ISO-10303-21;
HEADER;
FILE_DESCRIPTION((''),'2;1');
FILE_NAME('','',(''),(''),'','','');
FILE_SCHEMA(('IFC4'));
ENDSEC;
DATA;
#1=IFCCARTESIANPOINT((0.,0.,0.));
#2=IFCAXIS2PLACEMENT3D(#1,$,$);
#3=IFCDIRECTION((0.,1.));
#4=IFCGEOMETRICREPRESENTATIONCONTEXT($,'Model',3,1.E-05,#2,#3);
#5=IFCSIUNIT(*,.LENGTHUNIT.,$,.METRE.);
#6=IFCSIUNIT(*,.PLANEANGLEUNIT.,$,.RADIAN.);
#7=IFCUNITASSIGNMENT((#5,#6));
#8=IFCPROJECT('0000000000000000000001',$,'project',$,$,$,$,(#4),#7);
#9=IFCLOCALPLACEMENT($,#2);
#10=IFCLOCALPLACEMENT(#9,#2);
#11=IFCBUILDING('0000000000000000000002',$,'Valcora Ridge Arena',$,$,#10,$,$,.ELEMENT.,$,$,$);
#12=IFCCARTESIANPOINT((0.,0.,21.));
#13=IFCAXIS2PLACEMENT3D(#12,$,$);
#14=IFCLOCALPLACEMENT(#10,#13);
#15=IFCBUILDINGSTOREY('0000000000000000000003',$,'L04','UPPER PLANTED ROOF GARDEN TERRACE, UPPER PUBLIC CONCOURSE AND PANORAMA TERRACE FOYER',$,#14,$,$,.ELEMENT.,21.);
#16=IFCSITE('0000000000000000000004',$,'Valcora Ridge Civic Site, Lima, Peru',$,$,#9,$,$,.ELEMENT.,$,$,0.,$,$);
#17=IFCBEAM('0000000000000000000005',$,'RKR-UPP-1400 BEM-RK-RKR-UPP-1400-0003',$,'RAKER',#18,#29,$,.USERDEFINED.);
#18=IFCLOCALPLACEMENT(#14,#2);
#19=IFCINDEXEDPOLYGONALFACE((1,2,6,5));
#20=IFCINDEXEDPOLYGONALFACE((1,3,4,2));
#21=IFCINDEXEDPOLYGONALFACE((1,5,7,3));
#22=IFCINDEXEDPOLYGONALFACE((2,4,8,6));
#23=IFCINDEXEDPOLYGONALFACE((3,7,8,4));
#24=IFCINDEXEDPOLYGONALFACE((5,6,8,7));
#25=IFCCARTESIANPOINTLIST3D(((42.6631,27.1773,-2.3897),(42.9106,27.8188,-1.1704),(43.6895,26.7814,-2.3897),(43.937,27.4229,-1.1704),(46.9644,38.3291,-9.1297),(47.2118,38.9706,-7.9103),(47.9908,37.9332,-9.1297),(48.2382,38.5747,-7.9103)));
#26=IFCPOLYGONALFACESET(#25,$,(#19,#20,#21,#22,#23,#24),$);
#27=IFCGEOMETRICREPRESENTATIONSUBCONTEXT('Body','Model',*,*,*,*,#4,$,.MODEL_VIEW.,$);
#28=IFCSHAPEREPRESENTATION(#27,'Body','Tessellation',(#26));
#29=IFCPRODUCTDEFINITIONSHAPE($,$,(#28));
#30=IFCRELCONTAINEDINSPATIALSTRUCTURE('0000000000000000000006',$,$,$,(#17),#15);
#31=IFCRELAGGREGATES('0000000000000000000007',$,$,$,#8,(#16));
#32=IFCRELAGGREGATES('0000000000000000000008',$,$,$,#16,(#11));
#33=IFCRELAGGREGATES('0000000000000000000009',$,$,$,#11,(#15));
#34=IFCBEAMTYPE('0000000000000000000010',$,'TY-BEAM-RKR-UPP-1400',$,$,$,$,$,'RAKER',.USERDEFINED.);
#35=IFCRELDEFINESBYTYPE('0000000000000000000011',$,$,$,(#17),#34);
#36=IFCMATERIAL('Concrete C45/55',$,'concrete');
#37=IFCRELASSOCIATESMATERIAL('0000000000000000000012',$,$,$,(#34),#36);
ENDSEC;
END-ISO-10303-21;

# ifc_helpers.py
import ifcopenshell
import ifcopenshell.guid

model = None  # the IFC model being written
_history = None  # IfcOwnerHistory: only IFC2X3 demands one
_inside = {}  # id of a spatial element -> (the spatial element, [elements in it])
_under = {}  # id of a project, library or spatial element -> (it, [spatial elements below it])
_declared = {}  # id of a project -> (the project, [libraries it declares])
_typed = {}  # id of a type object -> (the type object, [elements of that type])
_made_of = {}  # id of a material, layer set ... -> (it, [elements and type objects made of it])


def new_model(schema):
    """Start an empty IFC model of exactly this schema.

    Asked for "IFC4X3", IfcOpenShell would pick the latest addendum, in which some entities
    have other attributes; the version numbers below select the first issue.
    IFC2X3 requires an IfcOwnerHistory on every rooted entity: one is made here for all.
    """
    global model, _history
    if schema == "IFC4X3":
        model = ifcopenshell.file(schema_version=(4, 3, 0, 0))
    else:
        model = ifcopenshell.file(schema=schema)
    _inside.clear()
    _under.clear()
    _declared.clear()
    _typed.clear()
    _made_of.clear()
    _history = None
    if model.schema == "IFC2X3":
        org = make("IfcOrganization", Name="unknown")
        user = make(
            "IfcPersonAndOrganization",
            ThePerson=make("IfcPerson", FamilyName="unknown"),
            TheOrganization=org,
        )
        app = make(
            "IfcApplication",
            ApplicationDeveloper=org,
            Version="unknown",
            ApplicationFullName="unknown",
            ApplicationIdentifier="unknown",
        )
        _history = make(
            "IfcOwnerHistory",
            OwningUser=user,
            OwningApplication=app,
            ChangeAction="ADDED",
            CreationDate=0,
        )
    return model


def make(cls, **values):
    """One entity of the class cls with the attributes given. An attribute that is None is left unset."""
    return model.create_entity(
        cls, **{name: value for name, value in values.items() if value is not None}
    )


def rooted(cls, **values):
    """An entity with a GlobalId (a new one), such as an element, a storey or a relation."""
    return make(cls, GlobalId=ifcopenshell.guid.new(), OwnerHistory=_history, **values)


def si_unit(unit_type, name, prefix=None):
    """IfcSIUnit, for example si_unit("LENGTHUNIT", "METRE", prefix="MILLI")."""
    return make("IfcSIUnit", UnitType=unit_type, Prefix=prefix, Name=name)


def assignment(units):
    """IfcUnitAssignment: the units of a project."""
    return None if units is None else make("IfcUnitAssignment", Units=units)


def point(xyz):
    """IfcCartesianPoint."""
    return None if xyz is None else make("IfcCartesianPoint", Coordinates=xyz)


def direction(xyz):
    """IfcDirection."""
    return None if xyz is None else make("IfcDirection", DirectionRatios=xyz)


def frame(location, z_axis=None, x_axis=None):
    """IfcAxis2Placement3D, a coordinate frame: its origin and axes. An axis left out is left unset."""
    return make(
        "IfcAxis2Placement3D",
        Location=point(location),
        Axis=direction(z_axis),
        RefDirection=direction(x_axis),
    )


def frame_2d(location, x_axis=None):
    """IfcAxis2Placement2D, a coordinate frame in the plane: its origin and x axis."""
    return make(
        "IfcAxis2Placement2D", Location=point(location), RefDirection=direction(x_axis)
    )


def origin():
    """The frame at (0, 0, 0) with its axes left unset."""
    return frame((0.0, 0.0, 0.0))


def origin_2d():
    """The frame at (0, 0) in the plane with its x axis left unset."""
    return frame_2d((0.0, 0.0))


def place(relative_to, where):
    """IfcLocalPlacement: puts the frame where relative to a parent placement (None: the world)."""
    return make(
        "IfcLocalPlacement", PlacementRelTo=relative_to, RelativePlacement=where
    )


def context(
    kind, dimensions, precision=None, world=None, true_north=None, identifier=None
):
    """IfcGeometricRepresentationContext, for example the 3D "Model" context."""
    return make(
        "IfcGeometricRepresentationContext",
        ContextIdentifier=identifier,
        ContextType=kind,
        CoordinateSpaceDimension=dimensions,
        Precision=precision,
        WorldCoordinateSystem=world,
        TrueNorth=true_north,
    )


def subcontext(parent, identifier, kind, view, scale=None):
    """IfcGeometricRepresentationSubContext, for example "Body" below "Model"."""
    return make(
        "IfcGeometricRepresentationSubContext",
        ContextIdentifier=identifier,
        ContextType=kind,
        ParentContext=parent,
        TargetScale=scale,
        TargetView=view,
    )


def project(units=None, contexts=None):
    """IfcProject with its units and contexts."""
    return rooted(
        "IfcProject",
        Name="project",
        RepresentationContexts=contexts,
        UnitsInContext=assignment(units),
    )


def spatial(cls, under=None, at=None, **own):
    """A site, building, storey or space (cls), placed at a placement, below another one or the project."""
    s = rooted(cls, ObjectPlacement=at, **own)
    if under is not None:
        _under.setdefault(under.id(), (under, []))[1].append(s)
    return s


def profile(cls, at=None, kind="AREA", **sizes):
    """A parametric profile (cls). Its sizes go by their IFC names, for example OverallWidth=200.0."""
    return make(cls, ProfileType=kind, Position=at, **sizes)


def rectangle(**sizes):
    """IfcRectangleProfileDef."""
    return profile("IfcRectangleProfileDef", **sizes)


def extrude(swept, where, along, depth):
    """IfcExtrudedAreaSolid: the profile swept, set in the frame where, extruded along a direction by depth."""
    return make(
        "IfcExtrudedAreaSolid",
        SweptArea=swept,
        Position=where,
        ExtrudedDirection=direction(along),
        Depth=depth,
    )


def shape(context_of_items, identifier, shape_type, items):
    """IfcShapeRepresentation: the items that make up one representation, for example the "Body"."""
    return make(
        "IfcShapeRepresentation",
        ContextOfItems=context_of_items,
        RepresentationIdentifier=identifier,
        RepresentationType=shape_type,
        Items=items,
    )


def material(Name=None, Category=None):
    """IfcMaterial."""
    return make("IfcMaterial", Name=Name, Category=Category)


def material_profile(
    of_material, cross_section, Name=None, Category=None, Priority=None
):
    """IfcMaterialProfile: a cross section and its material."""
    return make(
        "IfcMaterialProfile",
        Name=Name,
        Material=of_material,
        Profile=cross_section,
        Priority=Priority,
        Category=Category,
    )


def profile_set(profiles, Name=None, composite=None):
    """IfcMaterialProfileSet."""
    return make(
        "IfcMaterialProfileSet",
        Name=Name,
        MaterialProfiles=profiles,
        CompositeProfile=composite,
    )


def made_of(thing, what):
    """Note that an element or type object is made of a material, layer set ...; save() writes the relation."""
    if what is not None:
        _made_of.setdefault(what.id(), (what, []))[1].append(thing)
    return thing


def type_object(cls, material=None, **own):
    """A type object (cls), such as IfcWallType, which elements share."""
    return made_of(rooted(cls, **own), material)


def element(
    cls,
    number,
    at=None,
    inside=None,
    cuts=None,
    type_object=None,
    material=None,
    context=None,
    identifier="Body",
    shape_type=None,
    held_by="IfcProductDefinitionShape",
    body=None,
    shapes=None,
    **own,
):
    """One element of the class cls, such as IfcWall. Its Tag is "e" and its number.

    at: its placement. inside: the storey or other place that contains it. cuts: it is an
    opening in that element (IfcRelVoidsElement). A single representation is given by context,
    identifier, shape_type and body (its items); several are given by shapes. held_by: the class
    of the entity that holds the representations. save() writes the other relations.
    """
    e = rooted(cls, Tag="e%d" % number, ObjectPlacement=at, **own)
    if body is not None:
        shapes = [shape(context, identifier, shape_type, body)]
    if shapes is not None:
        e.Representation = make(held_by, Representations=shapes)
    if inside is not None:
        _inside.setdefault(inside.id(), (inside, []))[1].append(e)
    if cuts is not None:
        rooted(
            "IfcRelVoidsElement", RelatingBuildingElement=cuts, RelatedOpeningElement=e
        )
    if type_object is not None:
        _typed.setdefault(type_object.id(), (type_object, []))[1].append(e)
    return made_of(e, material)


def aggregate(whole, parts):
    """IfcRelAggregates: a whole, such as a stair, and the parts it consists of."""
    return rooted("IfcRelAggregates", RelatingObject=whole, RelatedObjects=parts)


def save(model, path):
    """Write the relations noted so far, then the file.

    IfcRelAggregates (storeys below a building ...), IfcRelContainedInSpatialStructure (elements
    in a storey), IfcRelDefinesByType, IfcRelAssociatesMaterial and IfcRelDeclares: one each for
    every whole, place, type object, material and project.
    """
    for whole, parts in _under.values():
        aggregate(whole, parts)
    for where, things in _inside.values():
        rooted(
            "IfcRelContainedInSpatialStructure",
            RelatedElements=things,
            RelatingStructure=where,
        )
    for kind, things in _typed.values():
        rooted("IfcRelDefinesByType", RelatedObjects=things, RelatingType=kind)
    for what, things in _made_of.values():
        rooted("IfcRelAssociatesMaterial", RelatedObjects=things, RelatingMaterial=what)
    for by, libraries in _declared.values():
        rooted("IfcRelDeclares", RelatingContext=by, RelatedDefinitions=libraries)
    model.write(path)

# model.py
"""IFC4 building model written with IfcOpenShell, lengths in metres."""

from ifc_helpers import new_model, si_unit, direction, frame, origin, origin_2d, place, context, subcontext, project, spatial, rectangle, extrude, material, material_profile, profile_set, type_object, element, save


model = new_model("IFC4")

# Units and contexts
model_context = context("Model", 3, precision=1e-05, world=origin(), true_north=direction((0.0, 1.0)))
body_context = subcontext(model_context, "Body", "Model", "MODEL_VIEW")
ifc_project = project(units=[si_unit("LENGTHUNIT", "METRE"), si_unit("PLANEANGLEUNIT", "RADIAN")], contexts=[model_context])

# Site, building, storey
site_placement = place(None, origin())
site = spatial("IfcSite", under=ifc_project, at=site_placement, Name="Valcora Ridge Civic Site, Lima, Peru", CompositionType="ELEMENT", RefElevation=0.0)
building_placement = place(site_placement, origin())
building = spatial("IfcBuilding", under=site, at=building_placement, Name="Valcora Ridge Arena", CompositionType="ELEMENT")
storey_placement = place(building_placement, frame((0.0, 0.0, 21.0)))
storey = spatial("IfcBuildingStorey", under=building, at=storey_placement, Name="L04", Description="UPPER PLANTED ROOF GARDEN TERRACE, UPPER PUBLIC CONCOURSE AND PANORAMA TERRACE FOYER", CompositionType="ELEMENT", Elevation=21.0)

# Beam
ifc_material_1 = material(Name="Concrete C45/55", Category="concrete")
ifc_material_profile_1 = material_profile(ifc_material_1, rectangle(XDim=1.1001, YDim=1.3999, at=origin_2d()), Name="RC 1100x1400")
ifc_profile_set_1 = profile_set([ifc_material_profile_1], Name="Concrete C45/55")
beam_type_1 = type_object("IfcBeamType", Name="TY-BEAM-RKR-UPP-1400", ElementType="RAKER", PredefinedType="USERDEFINED", material=ifc_profile_set_1)
beam_1_placement = place(storey_placement, frame((47.6013, 38.4519, -8.52), z_axis=(-0.313459, -0.812701, 0.491183), x_axis=(0.933006, -0.35986, 0.0)))
element("IfcBeam", 1, at=beam_1_placement, inside=storey, type_object=beam_type_1, Name="RKR-UPP-1400 BEM-RK-RKR-UPP-1400-0003", ObjectType="RAKER", PredefinedType="USERDEFINED", context=body_context, shape_type="SweptSolid", body=[
    extrude(rectangle(XDim=1.1001, YDim=1.3999, at=origin_2d()), origin(), (0.0, 0.0, 1.0), 13.7219),
])

save(model, "model.ifc")
